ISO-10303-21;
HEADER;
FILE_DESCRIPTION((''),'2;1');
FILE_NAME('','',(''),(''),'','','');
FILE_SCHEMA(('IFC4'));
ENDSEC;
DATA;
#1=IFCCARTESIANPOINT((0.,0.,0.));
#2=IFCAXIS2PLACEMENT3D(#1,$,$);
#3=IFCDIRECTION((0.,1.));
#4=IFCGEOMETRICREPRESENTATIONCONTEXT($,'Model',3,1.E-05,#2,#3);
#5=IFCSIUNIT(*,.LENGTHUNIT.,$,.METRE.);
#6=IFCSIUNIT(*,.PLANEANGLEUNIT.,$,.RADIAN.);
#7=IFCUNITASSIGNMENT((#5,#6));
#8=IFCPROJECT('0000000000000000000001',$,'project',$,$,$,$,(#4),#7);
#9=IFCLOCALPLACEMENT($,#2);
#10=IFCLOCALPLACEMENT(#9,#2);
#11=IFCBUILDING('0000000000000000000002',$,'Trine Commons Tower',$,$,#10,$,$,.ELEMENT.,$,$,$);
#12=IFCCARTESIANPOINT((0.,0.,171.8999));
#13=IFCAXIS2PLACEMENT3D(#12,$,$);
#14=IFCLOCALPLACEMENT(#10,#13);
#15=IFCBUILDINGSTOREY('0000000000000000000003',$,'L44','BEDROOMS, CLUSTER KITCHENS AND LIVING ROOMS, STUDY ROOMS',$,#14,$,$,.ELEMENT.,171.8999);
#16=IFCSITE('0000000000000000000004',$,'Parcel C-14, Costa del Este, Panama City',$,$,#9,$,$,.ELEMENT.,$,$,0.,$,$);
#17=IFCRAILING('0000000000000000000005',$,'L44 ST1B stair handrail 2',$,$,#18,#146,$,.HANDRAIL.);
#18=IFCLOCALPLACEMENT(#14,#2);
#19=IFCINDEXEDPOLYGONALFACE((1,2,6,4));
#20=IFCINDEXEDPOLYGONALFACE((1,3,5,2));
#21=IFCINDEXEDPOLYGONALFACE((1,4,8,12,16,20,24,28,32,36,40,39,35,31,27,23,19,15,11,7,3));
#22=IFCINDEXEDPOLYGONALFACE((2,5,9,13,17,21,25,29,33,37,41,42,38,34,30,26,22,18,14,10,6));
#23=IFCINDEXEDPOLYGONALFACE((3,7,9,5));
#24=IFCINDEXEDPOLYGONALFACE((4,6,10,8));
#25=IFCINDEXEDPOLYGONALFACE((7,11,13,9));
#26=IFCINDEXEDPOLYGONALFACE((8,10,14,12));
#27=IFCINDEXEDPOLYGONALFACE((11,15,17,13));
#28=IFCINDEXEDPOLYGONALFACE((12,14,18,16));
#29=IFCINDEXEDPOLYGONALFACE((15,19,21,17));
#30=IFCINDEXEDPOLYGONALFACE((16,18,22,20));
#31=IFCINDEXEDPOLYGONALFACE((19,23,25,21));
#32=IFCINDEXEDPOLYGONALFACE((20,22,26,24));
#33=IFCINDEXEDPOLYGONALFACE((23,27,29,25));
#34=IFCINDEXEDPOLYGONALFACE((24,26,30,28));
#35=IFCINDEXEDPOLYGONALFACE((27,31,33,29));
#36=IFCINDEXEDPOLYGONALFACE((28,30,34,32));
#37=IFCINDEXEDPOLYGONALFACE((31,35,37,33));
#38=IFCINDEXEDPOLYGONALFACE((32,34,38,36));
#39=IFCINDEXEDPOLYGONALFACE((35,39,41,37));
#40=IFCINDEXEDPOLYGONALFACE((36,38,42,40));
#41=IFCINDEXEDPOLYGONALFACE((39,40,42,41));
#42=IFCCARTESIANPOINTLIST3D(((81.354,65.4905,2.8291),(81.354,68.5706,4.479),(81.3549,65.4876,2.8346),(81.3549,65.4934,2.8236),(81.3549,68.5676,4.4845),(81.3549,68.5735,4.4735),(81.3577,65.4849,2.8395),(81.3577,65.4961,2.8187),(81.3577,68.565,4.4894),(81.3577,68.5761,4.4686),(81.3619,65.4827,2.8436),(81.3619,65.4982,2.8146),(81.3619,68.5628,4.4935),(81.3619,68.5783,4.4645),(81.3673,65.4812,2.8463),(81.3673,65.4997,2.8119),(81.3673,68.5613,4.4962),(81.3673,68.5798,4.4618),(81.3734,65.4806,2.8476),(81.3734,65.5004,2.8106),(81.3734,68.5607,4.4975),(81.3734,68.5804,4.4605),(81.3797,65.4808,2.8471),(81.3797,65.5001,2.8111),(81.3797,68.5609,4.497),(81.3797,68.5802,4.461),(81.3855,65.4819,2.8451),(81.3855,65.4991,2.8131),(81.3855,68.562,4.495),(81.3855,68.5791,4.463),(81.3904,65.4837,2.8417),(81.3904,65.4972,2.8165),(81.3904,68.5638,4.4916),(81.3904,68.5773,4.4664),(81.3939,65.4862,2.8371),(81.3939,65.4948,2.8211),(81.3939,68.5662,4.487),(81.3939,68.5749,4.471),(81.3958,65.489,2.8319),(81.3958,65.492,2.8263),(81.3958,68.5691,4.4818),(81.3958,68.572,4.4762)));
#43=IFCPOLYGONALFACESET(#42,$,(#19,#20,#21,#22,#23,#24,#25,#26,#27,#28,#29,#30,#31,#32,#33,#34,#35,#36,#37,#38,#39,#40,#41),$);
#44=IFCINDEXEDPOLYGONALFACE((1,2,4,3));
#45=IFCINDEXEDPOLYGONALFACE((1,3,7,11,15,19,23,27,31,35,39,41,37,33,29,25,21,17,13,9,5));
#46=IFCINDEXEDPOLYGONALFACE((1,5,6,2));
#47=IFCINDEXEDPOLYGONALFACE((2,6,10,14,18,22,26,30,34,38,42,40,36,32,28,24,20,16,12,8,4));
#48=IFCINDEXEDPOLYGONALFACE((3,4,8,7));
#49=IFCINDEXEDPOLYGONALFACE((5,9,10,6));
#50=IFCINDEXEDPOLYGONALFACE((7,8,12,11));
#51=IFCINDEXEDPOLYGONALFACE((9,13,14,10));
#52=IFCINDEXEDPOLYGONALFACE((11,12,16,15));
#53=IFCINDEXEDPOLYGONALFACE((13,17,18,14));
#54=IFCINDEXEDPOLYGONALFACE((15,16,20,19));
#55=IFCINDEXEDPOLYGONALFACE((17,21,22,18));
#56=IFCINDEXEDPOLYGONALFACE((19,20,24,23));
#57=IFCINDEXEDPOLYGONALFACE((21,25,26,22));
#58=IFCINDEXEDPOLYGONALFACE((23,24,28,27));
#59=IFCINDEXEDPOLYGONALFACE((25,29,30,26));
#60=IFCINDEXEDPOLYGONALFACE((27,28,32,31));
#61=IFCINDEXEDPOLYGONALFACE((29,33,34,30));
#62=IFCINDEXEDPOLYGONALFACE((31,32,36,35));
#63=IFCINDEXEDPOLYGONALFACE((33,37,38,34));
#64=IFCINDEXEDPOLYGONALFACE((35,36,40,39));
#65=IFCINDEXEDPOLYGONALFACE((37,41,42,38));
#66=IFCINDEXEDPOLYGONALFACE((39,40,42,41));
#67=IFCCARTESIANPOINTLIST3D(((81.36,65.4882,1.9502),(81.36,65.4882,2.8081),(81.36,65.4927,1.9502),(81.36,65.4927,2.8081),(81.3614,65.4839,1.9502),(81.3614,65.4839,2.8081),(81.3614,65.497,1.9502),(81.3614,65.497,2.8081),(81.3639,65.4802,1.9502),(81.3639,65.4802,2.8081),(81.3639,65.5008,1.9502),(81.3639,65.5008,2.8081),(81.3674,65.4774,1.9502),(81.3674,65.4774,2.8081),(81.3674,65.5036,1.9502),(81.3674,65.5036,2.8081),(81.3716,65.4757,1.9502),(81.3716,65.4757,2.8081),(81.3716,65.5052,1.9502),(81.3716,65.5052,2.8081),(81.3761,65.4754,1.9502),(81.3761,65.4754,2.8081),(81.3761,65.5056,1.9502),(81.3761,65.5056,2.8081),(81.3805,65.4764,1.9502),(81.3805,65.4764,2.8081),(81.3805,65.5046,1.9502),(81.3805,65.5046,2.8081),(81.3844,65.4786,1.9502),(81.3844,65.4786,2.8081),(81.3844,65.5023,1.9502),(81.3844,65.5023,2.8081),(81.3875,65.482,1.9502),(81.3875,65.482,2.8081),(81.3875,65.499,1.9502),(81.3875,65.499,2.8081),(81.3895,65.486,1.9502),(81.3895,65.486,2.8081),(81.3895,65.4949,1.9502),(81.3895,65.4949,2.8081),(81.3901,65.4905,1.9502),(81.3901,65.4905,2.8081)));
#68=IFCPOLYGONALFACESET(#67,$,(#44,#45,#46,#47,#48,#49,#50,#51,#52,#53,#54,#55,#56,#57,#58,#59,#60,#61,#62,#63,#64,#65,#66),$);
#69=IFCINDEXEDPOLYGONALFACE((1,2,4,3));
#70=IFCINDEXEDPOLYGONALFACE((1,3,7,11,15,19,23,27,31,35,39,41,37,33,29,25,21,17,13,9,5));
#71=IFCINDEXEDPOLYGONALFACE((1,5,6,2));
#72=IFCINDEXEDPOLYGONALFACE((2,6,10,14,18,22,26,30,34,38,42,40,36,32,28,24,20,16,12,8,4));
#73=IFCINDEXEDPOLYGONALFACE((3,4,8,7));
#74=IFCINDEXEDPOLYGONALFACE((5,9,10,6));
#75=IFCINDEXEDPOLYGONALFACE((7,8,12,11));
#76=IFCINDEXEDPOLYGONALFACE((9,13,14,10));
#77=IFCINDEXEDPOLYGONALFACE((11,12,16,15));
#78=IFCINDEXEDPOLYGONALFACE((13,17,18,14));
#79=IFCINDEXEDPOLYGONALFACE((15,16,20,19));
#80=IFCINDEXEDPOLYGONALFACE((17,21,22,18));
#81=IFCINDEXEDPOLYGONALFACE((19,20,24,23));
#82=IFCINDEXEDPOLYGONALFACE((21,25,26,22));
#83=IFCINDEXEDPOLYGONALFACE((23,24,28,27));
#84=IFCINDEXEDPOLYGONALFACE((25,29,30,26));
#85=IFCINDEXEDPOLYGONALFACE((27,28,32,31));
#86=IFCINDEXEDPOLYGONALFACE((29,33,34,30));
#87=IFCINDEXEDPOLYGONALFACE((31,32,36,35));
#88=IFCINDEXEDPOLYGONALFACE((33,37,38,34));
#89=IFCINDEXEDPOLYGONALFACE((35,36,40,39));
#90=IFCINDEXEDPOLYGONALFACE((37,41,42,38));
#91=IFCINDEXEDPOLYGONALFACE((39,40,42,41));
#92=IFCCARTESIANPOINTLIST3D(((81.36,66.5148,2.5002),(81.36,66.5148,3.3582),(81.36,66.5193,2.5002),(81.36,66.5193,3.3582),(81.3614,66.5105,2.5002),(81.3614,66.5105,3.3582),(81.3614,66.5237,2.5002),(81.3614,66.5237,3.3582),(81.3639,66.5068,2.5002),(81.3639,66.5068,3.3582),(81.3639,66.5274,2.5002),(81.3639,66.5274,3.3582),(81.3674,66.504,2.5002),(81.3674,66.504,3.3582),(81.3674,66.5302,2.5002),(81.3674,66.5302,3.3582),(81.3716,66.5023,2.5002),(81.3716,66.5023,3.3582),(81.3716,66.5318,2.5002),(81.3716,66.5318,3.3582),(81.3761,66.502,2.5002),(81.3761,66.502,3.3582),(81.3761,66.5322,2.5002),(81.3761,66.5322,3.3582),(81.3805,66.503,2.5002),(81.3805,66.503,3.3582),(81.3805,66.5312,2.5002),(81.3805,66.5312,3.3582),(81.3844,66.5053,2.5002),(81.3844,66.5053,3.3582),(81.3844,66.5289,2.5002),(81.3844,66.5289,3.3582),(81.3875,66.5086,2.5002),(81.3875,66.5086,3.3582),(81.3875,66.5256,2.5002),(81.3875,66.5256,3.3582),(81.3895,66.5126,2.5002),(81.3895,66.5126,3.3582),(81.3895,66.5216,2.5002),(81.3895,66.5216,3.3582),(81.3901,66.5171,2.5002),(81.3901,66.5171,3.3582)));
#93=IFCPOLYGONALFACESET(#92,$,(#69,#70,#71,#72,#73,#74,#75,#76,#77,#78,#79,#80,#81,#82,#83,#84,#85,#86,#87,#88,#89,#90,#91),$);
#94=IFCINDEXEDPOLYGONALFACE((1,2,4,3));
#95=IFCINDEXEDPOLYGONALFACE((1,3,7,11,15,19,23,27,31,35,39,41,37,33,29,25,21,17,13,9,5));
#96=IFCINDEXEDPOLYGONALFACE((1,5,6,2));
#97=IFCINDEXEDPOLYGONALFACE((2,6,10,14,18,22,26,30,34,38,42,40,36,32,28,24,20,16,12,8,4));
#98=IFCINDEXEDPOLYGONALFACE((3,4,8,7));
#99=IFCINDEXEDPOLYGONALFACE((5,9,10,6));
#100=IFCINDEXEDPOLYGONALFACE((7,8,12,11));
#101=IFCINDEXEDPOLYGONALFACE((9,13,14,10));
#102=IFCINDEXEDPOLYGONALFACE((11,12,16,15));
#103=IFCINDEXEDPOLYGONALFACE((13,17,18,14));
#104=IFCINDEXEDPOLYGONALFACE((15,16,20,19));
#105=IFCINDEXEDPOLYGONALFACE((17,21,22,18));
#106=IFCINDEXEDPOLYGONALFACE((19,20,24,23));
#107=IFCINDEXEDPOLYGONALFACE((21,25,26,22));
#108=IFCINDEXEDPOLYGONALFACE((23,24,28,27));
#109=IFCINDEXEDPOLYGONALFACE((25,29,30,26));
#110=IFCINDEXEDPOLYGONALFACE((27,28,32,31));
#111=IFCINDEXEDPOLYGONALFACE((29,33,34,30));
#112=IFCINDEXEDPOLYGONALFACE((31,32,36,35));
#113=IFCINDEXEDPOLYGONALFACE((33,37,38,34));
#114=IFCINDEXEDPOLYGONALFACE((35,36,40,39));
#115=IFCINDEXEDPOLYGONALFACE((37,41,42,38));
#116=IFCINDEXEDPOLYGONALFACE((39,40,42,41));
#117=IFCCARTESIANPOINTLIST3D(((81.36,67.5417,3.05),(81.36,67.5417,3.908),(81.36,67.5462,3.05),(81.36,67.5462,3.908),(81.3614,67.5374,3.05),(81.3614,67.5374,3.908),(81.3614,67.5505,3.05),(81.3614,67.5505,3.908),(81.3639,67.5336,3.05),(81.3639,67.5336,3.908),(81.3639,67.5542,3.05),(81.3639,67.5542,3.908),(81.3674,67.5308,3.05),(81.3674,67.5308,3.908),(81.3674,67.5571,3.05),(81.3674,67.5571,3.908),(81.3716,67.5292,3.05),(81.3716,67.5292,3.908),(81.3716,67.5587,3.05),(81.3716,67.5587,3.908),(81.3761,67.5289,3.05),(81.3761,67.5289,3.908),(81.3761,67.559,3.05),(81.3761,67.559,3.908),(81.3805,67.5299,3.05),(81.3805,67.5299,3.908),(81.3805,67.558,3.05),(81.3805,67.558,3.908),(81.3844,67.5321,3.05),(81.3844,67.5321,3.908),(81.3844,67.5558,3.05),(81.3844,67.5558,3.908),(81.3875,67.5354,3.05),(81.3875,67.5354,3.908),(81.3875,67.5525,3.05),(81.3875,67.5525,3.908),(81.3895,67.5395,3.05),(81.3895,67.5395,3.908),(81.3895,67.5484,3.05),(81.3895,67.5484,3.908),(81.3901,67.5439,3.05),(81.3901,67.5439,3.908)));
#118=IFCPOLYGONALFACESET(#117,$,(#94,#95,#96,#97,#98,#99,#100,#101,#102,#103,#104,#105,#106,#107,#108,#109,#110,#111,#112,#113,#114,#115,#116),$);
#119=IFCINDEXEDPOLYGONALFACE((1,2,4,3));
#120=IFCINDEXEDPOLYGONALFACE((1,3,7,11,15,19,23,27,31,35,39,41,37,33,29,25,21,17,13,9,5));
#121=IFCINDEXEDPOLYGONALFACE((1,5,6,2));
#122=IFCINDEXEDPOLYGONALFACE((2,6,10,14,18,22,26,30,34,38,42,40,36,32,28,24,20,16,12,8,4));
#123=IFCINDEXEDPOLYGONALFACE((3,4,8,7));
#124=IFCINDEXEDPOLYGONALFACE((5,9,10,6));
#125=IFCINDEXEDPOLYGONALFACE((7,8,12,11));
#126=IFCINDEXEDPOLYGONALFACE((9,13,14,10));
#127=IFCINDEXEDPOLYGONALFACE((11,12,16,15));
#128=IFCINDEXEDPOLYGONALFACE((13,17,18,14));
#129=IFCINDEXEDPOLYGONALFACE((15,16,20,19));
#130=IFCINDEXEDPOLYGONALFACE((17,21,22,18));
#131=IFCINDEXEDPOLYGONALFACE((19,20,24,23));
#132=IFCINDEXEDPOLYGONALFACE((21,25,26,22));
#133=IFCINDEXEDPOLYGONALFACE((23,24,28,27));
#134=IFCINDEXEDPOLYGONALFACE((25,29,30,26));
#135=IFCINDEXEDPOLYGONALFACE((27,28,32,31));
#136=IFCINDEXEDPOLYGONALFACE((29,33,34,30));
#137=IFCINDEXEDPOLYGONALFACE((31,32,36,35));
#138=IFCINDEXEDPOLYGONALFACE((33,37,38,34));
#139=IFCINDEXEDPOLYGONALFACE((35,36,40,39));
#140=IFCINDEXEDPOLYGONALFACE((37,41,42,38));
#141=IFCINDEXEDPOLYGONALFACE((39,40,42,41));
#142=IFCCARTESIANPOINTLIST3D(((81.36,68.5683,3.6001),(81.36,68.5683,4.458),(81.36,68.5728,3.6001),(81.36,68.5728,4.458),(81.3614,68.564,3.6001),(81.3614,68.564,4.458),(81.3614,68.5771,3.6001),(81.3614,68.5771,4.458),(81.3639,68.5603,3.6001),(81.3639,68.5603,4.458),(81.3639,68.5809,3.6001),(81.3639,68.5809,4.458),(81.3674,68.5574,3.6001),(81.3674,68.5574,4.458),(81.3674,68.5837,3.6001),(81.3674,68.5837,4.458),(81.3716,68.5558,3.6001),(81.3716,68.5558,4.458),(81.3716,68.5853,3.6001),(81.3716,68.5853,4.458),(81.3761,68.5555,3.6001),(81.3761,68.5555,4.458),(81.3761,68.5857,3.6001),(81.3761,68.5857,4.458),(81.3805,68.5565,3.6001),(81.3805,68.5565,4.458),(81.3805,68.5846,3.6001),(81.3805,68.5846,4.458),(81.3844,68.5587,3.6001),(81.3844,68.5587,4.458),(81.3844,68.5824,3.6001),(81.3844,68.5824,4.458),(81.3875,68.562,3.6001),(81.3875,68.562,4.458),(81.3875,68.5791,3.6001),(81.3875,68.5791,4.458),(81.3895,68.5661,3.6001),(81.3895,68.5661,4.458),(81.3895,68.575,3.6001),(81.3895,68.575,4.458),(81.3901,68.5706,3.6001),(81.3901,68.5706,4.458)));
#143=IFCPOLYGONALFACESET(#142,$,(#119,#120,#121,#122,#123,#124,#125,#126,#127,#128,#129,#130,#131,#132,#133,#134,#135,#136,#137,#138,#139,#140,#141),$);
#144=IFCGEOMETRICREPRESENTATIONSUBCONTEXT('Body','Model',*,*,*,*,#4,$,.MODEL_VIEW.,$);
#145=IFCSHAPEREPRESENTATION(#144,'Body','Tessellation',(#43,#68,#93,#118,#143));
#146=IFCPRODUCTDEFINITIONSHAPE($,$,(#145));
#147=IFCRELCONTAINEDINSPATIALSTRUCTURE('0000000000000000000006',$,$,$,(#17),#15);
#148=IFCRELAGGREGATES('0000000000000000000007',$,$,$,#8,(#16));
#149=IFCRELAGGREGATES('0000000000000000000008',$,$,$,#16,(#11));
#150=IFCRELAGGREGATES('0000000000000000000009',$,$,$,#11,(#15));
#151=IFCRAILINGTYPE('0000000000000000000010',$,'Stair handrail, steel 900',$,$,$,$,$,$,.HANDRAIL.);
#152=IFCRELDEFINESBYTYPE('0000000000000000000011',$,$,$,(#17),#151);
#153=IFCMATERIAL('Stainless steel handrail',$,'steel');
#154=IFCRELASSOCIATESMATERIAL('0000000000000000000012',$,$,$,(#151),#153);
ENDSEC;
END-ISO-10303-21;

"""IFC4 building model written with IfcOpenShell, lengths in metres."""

from ifc_helpers import new_model, si_unit, direction, frame, origin, origin_2d, place, context, subcontext, project, spatial, circle, extrude, material, type_object, element, save


model = new_model("IFC4")

# Units and contexts
model_context = context("Model", 3, precision=1e-05, world=origin(), true_north=direction((0.0, 1.0)))
body_context = subcontext(model_context, "Body", "Model", "MODEL_VIEW")
ifc_project = project(units=[si_unit("LENGTHUNIT", "METRE"), si_unit("PLANEANGLEUNIT", "RADIAN")], contexts=[model_context])

# Site, building, storey
site_placement = place(None, origin())
site = spatial("IfcSite", under=ifc_project, at=site_placement, Name="Parcel C-14, Costa del Este, Panama City", CompositionType="ELEMENT", RefElevation=0.0)
building_placement = place(site_placement, origin())
building = spatial("IfcBuilding", under=site, at=building_placement, Name="Trine Commons Tower", CompositionType="ELEMENT")
storey_placement = place(building_placement, frame((0.0, 0.0, 171.8999)))
storey = spatial("IfcBuildingStorey", under=building, at=storey_placement, Name="L44", Description="BEDROOMS, CLUSTER KITCHENS AND LIVING ROOMS, STUDY ROOMS", CompositionType="ELEMENT", Elevation=171.8999)

# Railing
ifc_material_1 = material(Name="Stainless steel handrail", Category="steel")
railing_type_1 = type_object("IfcRailingType", Name="Stair handrail, steel 900", PredefinedType="HANDRAIL", material=ifc_material_1)
railing_1_placement = place(storey_placement, frame((81.375, 65.4905, 1.9502)))
element("IfcRailing", 1, at=railing_1_placement, inside=storey, type_object=railing_type_1, Name="L44 ST1B stair handrail 2", PredefinedType="HANDRAIL", context=body_context, shape_type="SweptSolid", body=[
    extrude(circle(Radius=0.021, at=origin_2d()), frame((0.0, 0.0, 0.8789), z_axis=(0.0, 0.881497, 0.47219), x_axis=(-1.0, 0.0, 0.0)), (0.0, 0.0, 1.0), 3.4941),
    extrude(circle(Radius=0.0151, at=origin_2d()), origin(), (0.0, 0.0, 1.0), 0.8579),
    extrude(circle(Radius=0.0151, at=origin_2d()), frame((0.0, 1.0266, 0.55)), (0.0, 0.0, 1.0), 0.8579),
    extrude(circle(Radius=0.0151, at=origin_2d()), frame((0.0, 2.0535, 1.0999)), (0.0, 0.0, 1.0), 0.8579),
    extrude(circle(Radius=0.0151, at=origin_2d()), frame((0.0, 3.0801, 1.6499)), (0.0, 0.0, 1.0), 0.8579),
])

save(model, "model.ifc")
